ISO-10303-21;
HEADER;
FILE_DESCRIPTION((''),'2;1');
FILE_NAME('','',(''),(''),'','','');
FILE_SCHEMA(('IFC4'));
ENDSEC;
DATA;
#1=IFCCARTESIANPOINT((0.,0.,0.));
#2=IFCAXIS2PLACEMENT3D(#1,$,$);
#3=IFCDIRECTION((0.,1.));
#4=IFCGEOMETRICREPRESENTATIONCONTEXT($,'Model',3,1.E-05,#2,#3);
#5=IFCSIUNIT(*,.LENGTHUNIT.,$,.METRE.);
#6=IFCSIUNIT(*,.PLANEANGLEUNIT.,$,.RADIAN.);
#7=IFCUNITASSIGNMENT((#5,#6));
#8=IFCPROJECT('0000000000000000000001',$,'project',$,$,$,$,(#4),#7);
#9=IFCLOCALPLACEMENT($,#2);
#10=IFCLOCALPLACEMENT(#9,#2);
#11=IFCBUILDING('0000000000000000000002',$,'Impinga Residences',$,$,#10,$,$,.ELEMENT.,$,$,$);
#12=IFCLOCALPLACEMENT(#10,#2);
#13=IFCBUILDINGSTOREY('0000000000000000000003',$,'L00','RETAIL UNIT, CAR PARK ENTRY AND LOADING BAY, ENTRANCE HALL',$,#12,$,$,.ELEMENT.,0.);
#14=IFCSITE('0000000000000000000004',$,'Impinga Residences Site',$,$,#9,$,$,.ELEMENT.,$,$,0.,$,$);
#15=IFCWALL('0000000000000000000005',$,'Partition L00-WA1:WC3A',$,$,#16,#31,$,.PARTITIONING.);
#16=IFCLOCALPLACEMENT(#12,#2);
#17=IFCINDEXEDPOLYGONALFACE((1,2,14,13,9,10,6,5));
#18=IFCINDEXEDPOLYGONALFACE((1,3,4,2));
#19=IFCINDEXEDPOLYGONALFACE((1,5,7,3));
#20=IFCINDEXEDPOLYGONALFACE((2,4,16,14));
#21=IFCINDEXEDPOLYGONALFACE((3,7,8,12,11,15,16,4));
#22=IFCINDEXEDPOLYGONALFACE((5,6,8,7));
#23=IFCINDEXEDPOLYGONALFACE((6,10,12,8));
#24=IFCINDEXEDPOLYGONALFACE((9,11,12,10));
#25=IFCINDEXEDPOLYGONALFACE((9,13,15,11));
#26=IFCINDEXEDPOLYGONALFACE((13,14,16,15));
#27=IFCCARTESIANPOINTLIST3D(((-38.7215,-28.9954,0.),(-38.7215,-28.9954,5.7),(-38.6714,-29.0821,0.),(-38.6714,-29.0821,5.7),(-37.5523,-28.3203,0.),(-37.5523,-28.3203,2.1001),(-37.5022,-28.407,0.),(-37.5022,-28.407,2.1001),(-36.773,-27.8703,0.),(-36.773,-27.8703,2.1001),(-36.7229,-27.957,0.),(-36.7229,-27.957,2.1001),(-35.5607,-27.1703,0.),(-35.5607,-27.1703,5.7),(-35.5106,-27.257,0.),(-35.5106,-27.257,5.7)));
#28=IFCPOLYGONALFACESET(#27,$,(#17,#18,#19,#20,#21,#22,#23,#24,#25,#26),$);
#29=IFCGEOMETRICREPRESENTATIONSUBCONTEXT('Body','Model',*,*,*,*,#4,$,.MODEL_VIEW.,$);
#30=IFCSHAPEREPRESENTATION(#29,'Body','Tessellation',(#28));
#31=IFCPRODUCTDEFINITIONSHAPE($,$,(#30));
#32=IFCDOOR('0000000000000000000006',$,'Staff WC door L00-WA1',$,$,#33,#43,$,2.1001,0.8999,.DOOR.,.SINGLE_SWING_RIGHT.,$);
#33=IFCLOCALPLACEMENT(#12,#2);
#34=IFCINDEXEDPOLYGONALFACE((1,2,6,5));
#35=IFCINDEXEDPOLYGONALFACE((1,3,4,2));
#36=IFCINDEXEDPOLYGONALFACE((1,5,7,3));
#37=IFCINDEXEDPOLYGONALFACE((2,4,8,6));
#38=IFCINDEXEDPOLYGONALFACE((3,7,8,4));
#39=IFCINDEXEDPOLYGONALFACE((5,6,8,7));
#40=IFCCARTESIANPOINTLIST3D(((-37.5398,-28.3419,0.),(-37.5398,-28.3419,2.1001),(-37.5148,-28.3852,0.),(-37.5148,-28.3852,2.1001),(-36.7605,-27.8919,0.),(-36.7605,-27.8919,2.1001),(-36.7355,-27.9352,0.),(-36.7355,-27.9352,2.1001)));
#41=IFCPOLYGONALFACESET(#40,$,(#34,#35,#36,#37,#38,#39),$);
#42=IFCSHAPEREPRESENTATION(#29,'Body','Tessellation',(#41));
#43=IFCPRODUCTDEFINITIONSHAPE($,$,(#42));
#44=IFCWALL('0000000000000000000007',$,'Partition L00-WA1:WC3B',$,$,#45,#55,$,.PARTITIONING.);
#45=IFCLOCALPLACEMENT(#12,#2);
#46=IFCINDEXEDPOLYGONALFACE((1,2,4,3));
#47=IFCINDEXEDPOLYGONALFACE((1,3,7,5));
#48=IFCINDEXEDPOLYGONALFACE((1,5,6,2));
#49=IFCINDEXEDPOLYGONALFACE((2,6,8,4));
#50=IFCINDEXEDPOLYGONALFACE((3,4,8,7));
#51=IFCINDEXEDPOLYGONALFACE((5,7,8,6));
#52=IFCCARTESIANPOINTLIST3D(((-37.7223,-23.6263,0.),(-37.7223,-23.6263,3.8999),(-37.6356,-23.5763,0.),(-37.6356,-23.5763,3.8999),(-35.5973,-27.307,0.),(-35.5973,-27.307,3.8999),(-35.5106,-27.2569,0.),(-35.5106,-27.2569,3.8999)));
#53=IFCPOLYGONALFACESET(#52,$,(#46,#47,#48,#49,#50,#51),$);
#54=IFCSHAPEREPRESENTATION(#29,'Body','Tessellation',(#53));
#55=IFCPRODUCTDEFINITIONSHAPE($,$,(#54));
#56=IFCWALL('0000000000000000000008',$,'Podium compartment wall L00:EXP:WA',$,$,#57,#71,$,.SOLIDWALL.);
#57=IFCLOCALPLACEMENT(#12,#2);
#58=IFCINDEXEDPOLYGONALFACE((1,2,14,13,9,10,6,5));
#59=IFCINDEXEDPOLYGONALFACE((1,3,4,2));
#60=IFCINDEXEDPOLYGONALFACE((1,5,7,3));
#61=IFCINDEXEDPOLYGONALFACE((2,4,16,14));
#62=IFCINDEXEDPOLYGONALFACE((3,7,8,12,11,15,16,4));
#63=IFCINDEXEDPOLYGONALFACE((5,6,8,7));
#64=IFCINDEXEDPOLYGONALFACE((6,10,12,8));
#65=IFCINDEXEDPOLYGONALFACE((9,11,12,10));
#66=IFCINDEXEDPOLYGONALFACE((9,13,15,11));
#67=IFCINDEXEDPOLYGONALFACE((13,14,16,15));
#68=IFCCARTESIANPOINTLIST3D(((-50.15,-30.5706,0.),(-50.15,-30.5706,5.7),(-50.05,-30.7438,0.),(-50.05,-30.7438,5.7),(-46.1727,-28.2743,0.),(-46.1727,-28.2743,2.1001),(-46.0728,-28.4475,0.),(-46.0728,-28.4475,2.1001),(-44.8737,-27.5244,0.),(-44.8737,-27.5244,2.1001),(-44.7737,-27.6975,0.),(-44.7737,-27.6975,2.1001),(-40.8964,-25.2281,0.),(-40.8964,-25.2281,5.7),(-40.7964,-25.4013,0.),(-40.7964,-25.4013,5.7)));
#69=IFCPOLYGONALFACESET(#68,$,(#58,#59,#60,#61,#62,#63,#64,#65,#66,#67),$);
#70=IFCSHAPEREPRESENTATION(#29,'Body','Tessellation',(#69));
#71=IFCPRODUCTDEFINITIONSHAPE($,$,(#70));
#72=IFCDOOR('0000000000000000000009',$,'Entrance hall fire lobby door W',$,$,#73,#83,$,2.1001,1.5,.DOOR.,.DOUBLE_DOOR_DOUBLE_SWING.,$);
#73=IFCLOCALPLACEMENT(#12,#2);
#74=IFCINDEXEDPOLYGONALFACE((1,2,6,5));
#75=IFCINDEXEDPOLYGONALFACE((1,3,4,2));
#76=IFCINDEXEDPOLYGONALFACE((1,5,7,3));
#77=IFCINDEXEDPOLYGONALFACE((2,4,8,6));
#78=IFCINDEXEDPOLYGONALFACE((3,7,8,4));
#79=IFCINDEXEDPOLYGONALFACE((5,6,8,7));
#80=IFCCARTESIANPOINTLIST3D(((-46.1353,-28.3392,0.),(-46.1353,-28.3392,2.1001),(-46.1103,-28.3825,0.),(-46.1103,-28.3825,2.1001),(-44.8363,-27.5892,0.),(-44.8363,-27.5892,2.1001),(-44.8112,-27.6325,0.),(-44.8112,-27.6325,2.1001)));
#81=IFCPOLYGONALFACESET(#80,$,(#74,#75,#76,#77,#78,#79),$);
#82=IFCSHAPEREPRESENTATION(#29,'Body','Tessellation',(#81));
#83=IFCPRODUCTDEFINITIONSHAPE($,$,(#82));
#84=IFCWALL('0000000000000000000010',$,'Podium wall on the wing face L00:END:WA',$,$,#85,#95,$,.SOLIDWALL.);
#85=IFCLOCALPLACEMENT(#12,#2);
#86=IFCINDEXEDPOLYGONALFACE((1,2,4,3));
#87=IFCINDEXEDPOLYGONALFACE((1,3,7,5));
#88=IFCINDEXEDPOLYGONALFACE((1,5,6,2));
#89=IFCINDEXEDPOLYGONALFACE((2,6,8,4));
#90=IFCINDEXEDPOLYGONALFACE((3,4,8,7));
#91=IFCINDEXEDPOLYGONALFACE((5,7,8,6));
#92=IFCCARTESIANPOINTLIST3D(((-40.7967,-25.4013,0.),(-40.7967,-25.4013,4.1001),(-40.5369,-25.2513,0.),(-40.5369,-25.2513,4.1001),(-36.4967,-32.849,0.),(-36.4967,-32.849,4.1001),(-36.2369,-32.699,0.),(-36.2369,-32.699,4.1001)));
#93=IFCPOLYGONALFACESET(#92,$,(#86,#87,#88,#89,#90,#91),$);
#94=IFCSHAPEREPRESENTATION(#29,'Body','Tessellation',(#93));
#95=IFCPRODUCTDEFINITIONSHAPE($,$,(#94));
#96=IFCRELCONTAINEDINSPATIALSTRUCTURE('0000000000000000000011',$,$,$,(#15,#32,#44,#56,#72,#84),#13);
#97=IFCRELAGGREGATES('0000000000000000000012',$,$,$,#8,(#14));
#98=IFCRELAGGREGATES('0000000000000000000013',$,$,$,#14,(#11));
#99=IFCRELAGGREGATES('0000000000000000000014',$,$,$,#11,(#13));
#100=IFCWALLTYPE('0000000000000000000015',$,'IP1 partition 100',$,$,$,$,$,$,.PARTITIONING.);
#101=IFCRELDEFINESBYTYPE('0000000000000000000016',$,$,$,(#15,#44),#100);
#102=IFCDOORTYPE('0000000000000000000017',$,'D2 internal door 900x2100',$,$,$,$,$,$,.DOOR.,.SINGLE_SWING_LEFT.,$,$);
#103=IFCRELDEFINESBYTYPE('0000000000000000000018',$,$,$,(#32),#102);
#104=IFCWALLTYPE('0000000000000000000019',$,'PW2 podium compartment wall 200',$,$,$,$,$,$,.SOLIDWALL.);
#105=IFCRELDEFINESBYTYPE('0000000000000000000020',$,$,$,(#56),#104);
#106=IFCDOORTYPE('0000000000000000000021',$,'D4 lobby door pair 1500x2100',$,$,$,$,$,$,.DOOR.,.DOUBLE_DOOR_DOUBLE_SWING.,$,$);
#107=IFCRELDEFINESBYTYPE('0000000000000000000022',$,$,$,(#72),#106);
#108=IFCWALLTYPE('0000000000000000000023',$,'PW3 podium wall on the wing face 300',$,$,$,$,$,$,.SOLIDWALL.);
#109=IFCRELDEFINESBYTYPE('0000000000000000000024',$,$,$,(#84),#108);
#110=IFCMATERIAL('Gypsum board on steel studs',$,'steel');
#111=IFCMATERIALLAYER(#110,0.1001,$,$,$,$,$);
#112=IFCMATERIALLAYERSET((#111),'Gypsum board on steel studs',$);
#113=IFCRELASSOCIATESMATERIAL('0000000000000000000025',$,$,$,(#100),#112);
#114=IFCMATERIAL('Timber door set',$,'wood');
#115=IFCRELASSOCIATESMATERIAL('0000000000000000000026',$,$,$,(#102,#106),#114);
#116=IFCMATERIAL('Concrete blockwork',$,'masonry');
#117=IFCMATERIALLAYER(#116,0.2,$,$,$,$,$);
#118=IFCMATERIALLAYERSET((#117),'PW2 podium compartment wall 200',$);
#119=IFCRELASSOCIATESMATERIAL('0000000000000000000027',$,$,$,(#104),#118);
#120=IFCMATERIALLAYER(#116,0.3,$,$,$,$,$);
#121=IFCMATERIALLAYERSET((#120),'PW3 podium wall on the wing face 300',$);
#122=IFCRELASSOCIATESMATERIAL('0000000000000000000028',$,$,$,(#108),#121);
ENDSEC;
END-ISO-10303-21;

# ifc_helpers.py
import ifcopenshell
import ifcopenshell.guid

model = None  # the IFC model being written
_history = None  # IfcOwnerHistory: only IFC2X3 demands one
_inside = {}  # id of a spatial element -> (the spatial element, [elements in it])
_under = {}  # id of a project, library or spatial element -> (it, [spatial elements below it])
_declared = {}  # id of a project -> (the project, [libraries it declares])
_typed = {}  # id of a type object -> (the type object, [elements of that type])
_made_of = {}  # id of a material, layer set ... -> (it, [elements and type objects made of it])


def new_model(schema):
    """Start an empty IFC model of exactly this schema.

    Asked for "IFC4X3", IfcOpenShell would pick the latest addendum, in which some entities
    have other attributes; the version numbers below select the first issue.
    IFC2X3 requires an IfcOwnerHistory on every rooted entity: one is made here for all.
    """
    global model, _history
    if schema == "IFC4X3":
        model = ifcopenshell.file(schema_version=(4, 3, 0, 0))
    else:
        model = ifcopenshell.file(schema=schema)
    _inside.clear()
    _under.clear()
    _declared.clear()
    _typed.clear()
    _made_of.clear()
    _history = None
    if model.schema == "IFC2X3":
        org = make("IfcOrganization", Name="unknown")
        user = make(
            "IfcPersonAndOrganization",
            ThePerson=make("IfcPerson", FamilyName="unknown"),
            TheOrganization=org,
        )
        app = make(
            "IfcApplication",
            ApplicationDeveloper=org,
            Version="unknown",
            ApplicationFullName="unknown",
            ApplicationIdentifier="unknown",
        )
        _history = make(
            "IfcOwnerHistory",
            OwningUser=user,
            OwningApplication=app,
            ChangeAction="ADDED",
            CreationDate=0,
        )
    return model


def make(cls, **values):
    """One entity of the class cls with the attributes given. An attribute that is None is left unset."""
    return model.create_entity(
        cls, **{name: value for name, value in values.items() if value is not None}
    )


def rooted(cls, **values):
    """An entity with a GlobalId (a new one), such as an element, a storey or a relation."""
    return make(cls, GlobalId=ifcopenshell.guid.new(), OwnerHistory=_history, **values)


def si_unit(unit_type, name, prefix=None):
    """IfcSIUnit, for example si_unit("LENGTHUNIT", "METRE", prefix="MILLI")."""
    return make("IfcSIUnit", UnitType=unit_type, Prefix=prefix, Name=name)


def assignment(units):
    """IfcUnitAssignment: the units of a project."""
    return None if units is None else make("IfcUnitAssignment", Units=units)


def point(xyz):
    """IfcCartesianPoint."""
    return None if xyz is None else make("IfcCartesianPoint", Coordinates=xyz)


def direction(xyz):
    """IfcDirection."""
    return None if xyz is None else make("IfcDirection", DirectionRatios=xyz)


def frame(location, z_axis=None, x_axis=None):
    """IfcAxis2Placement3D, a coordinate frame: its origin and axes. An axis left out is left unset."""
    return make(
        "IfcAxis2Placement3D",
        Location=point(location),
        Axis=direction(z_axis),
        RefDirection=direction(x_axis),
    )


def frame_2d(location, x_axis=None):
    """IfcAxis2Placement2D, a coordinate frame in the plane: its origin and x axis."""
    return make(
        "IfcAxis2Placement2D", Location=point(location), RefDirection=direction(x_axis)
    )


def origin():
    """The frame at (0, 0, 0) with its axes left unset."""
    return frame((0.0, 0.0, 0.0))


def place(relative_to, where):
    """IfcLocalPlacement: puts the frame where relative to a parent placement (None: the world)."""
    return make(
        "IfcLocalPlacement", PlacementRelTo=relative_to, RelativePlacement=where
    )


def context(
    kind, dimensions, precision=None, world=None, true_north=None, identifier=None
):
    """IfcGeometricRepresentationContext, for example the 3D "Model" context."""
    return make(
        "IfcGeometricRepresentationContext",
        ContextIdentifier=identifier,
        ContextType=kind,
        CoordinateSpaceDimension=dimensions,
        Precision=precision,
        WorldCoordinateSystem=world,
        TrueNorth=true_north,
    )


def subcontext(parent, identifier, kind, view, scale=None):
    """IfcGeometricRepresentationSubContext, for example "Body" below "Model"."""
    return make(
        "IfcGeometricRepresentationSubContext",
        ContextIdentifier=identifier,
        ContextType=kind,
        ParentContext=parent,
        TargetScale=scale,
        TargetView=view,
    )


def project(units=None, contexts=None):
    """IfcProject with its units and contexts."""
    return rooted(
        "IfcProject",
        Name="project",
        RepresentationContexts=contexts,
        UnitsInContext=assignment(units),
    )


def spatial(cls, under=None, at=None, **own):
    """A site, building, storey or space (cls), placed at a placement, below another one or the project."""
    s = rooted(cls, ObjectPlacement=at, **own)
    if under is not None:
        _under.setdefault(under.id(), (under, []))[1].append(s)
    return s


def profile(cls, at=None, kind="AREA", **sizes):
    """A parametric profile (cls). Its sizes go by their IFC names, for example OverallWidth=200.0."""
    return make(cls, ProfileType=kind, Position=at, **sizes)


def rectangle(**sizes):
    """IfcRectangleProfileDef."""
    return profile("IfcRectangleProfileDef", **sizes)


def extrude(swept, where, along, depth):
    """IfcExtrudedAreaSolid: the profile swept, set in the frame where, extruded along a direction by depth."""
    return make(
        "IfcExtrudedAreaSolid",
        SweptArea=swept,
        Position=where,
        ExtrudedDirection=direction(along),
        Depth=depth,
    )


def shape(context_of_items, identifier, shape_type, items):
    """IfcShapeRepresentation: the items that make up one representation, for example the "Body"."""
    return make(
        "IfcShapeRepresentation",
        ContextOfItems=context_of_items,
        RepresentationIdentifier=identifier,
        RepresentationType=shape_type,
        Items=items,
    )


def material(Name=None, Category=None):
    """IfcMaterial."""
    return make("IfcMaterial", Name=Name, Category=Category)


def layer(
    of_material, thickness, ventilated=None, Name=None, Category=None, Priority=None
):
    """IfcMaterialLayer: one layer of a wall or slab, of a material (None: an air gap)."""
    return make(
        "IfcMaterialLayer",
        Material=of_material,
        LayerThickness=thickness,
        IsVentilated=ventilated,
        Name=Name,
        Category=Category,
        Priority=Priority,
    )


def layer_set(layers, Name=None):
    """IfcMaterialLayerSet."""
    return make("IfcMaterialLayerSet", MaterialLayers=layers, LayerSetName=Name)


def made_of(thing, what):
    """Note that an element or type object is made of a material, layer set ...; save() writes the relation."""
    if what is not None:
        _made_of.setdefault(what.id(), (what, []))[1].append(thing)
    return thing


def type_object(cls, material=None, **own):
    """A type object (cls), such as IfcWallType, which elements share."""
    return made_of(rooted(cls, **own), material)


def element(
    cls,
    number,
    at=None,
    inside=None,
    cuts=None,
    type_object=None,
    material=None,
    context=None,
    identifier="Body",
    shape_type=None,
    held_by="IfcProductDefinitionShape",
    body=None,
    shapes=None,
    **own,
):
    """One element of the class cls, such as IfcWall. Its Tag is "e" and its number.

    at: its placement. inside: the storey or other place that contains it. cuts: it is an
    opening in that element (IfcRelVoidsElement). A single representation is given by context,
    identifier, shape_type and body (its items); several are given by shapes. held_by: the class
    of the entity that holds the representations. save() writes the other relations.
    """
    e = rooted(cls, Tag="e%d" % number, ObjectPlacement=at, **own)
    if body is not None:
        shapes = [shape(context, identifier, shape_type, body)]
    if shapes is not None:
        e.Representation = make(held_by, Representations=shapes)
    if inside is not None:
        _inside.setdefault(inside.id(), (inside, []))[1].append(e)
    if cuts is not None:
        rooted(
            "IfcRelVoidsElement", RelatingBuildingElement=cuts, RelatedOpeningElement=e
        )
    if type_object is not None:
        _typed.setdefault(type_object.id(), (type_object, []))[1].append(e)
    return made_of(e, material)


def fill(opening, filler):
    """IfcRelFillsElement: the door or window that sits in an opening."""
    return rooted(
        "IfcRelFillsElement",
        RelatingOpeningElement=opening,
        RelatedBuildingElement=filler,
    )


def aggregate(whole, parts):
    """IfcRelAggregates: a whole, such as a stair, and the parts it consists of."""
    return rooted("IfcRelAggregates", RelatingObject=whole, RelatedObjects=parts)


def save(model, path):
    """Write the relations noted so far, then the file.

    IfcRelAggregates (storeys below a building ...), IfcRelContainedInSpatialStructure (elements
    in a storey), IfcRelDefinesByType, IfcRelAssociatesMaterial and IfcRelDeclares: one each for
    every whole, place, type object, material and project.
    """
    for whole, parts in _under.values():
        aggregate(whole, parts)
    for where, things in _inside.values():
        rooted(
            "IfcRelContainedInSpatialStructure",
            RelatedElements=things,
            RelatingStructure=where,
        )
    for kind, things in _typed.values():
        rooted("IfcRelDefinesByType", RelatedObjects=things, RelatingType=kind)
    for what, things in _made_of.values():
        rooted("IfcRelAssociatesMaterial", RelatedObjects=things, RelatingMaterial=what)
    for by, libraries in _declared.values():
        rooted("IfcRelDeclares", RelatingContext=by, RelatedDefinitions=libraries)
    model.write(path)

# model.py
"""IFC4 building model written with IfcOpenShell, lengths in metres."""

from ifc_helpers import new_model, si_unit, direction, frame, frame_2d, origin, place, context, subcontext, project, spatial, rectangle, extrude, material, layer, layer_set, type_object, element, fill, save


model = new_model("IFC4")

# Units and contexts
model_context = context("Model", 3, precision=1e-05, world=origin(), true_north=direction((0.0, 1.0)))
body_context = subcontext(model_context, "Body", "Model", "MODEL_VIEW")
ifc_project = project(units=[si_unit("LENGTHUNIT", "METRE"), si_unit("PLANEANGLEUNIT", "RADIAN")], contexts=[model_context])

# Site, building, storey
site_placement = place(None, origin())
site = spatial("IfcSite", under=ifc_project, at=site_placement, Name="Impinga Residences Site", CompositionType="ELEMENT", RefElevation=0.0)
building_placement = place(site_placement, origin())
building = spatial("IfcBuilding", under=site, at=building_placement, Name="Impinga Residences", CompositionType="ELEMENT")
storey_placement = place(building_placement, origin())
storey = spatial("IfcBuildingStorey", under=building, at=storey_placement, Name="L00", Description="RETAIL UNIT, CAR PARK ENTRY AND LOADING BAY, ENTRANCE HALL", CompositionType="ELEMENT", Elevation=0.0)

# Wall, opening, door
ifc_material_1 = material(Name="Gypsum board on steel studs", Category="steel")
ifc_layer_1 = layer(ifc_material_1, 0.1001)
ifc_layer_set_1 = layer_set([ifc_layer_1], Name="Gypsum board on steel studs")
wall_type_1 = type_object("IfcWallType", Name="IP1 partition 100", PredefinedType="PARTITIONING", material=ifc_layer_set_1)
wall_1_placement = place(storey_placement, frame((-35.5356, -27.2136, 0.0), z_axis=(0.0, 0.0, 1.0), x_axis=(-0.865995, -0.500052, 0.0)))
wall_1 = element("IfcWall", 1, at=wall_1_placement, inside=storey, type_object=wall_type_1, Name="Partition L00-WA1:WC3A", PredefinedType="PARTITIONING", context=body_context, shape_type="SweptSolid", body=[
    extrude(rectangle(XDim=3.6499, YDim=0.1001, at=frame_2d((1.825, 0.0))), origin(), (0.0, 0.0, 1.0), 5.7),
])
opening_1_placement = place(wall_1_placement, frame((1.3999, 0.0, 0.0)))
opening_1 = element("IfcOpeningElement", 2, at=opening_1_placement, cuts=wall_1, PredefinedType="OPENING", context=body_context, shape_type="SweptSolid", body=[
    extrude(rectangle(XDim=0.8999, YDim=2.1001, at=frame_2d((0.45, 1.05))), frame((0.0, 0.0601, 0.0), z_axis=(0.0, -1.0, 0.0), x_axis=(1.0, 0.0, 0.0)), (0.0, 0.0, 1.0), 0.1201),
])
ifc_material_2 = material(Name="Timber door set", Category="wood")
door_type_1 = type_object("IfcDoorType", Name="D2 internal door 900x2100", OperationType="SINGLE_SWING_LEFT", PredefinedType="DOOR", material=ifc_material_2)
door_1_placement = place(opening_1_placement, origin())
door_1 = element("IfcDoor", 3, at=door_1_placement, inside=storey, type_object=door_type_1, Name="Staff WC door L00-WA1", OperationType="SINGLE_SWING_RIGHT", OverallHeight=2.1001, OverallWidth=0.8999, PredefinedType="DOOR", context=body_context, shape_type="SweptSolid", body=[
    extrude(rectangle(XDim=0.8999, YDim=2.1001, at=frame_2d((0.45, 1.05))), frame((0.0, 0.0249, 0.0), z_axis=(0.0, -1.0, 0.0), x_axis=(1.0, 0.0, 0.0)), (0.0, 0.0, 1.0), 0.05),
])
fill(opening_1, door_1)

# Wall
wall_2_placement = place(storey_placement, frame((-37.679, -23.6013, 0.0), z_axis=(0.0, 0.0, 1.0), x_axis=(0.499994, -0.866029, 0.0)))
element("IfcWall", 4, at=wall_2_placement, inside=storey, type_object=wall_type_1, Name="Partition L00-WA1:WC3B", PredefinedType="PARTITIONING", context=body_context, shape_type="SweptSolid", body=[
    extrude(rectangle(XDim=4.25, YDim=0.1001, at=frame_2d((2.125, 0.0))), origin(), (0.0, 0.0, 1.0), 3.8999),
])

# Wall, opening, door
ifc_material_3 = material(Name="Concrete blockwork", Category="masonry")
ifc_layer_2 = layer(ifc_material_3, 0.2)
ifc_layer_set_2 = layer_set([ifc_layer_2], Name="PW2 podium compartment wall 200")
wall_type_2 = type_object("IfcWallType", Name="PW2 podium compartment wall 200", PredefinedType="SOLIDWALL", material=ifc_layer_set_2)
wall_3_placement = place(storey_placement, frame((-40.8464, -25.3147, 0.0), z_axis=(0.0, 0.0, 1.0), x_axis=(-0.866028, -0.499995, 0.0)))
wall_3 = element("IfcWall", 5, at=wall_3_placement, inside=storey, type_object=wall_type_2, Name="Podium compartment wall L00:EXP:WA", PredefinedType="SOLIDWALL", context=body_context, shape_type="SweptSolid", body=[
    extrude(rectangle(XDim=10.6851, YDim=0.2, at=frame_2d((5.3425, 0.0))), origin(), (0.0, 0.0, 1.0), 5.7),
])
opening_2_placement = place(wall_3_placement, frame((4.5925, 0.0, 0.0)))
opening_2 = element("IfcOpeningElement", 6, at=opening_2_placement, cuts=wall_3, PredefinedType="OPENING", context=body_context, shape_type="SweptSolid", body=[
    extrude(rectangle(XDim=1.5, YDim=2.1001, at=frame_2d((0.75, 1.05))), frame((0.0, 0.1099, 0.0), z_axis=(0.0, -1.0, 0.0), x_axis=(1.0, 0.0, 0.0)), (0.0, 0.0, 1.0), 0.22),
])
door_type_2 = type_object("IfcDoorType", Name="D4 lobby door pair 1500x2100", OperationType="DOUBLE_DOOR_DOUBLE_SWING", PredefinedType="DOOR", material=ifc_material_2)
door_2_placement = place(opening_2_placement, origin())
door_2 = element("IfcDoor", 7, at=door_2_placement, inside=storey, type_object=door_type_2, Name="Entrance hall fire lobby door W", OperationType="DOUBLE_DOOR_DOUBLE_SWING", OverallHeight=2.1001, OverallWidth=1.5, PredefinedType="DOOR", context=body_context, shape_type="SweptSolid", body=[
    extrude(rectangle(XDim=1.5, YDim=2.1001, at=frame_2d((0.75, 1.05))), frame((0.0, 0.0249, 0.0), z_axis=(0.0, -1.0, 0.0), x_axis=(1.0, 0.0, 0.0)), (0.0, 0.0, 1.0), 0.05),
])
fill(opening_2, door_2)

# Wall
ifc_layer_3 = layer(ifc_material_3, 0.3)
ifc_layer_set_3 = layer_set([ifc_layer_3], Name="PW3 podium wall on the wing face 300")
wall_type_3 = type_object("IfcWallType", Name="PW3 podium wall on the wing face 300", PredefinedType="SOLIDWALL", material=ifc_layer_set_3)
wall_4_placement = place(storey_placement, frame((-40.6667, -25.3264, 0.0), z_axis=(0.0, 0.0, 1.0), x_axis=(0.500008, -0.866021, 0.0)))
element("IfcWall", 8, at=wall_4_placement, inside=storey, type_object=wall_type_3, Name="Podium wall on the wing face L00:END:WA", PredefinedType="SOLIDWALL", context=body_context, shape_type="SweptSolid", body=[
    extrude(rectangle(XDim=8.5999, YDim=0.3, at=frame_2d((4.2998, 0.0))), origin(), (0.0, 0.0, 1.0), 4.1001),
])

save(model, "model.ifc")
